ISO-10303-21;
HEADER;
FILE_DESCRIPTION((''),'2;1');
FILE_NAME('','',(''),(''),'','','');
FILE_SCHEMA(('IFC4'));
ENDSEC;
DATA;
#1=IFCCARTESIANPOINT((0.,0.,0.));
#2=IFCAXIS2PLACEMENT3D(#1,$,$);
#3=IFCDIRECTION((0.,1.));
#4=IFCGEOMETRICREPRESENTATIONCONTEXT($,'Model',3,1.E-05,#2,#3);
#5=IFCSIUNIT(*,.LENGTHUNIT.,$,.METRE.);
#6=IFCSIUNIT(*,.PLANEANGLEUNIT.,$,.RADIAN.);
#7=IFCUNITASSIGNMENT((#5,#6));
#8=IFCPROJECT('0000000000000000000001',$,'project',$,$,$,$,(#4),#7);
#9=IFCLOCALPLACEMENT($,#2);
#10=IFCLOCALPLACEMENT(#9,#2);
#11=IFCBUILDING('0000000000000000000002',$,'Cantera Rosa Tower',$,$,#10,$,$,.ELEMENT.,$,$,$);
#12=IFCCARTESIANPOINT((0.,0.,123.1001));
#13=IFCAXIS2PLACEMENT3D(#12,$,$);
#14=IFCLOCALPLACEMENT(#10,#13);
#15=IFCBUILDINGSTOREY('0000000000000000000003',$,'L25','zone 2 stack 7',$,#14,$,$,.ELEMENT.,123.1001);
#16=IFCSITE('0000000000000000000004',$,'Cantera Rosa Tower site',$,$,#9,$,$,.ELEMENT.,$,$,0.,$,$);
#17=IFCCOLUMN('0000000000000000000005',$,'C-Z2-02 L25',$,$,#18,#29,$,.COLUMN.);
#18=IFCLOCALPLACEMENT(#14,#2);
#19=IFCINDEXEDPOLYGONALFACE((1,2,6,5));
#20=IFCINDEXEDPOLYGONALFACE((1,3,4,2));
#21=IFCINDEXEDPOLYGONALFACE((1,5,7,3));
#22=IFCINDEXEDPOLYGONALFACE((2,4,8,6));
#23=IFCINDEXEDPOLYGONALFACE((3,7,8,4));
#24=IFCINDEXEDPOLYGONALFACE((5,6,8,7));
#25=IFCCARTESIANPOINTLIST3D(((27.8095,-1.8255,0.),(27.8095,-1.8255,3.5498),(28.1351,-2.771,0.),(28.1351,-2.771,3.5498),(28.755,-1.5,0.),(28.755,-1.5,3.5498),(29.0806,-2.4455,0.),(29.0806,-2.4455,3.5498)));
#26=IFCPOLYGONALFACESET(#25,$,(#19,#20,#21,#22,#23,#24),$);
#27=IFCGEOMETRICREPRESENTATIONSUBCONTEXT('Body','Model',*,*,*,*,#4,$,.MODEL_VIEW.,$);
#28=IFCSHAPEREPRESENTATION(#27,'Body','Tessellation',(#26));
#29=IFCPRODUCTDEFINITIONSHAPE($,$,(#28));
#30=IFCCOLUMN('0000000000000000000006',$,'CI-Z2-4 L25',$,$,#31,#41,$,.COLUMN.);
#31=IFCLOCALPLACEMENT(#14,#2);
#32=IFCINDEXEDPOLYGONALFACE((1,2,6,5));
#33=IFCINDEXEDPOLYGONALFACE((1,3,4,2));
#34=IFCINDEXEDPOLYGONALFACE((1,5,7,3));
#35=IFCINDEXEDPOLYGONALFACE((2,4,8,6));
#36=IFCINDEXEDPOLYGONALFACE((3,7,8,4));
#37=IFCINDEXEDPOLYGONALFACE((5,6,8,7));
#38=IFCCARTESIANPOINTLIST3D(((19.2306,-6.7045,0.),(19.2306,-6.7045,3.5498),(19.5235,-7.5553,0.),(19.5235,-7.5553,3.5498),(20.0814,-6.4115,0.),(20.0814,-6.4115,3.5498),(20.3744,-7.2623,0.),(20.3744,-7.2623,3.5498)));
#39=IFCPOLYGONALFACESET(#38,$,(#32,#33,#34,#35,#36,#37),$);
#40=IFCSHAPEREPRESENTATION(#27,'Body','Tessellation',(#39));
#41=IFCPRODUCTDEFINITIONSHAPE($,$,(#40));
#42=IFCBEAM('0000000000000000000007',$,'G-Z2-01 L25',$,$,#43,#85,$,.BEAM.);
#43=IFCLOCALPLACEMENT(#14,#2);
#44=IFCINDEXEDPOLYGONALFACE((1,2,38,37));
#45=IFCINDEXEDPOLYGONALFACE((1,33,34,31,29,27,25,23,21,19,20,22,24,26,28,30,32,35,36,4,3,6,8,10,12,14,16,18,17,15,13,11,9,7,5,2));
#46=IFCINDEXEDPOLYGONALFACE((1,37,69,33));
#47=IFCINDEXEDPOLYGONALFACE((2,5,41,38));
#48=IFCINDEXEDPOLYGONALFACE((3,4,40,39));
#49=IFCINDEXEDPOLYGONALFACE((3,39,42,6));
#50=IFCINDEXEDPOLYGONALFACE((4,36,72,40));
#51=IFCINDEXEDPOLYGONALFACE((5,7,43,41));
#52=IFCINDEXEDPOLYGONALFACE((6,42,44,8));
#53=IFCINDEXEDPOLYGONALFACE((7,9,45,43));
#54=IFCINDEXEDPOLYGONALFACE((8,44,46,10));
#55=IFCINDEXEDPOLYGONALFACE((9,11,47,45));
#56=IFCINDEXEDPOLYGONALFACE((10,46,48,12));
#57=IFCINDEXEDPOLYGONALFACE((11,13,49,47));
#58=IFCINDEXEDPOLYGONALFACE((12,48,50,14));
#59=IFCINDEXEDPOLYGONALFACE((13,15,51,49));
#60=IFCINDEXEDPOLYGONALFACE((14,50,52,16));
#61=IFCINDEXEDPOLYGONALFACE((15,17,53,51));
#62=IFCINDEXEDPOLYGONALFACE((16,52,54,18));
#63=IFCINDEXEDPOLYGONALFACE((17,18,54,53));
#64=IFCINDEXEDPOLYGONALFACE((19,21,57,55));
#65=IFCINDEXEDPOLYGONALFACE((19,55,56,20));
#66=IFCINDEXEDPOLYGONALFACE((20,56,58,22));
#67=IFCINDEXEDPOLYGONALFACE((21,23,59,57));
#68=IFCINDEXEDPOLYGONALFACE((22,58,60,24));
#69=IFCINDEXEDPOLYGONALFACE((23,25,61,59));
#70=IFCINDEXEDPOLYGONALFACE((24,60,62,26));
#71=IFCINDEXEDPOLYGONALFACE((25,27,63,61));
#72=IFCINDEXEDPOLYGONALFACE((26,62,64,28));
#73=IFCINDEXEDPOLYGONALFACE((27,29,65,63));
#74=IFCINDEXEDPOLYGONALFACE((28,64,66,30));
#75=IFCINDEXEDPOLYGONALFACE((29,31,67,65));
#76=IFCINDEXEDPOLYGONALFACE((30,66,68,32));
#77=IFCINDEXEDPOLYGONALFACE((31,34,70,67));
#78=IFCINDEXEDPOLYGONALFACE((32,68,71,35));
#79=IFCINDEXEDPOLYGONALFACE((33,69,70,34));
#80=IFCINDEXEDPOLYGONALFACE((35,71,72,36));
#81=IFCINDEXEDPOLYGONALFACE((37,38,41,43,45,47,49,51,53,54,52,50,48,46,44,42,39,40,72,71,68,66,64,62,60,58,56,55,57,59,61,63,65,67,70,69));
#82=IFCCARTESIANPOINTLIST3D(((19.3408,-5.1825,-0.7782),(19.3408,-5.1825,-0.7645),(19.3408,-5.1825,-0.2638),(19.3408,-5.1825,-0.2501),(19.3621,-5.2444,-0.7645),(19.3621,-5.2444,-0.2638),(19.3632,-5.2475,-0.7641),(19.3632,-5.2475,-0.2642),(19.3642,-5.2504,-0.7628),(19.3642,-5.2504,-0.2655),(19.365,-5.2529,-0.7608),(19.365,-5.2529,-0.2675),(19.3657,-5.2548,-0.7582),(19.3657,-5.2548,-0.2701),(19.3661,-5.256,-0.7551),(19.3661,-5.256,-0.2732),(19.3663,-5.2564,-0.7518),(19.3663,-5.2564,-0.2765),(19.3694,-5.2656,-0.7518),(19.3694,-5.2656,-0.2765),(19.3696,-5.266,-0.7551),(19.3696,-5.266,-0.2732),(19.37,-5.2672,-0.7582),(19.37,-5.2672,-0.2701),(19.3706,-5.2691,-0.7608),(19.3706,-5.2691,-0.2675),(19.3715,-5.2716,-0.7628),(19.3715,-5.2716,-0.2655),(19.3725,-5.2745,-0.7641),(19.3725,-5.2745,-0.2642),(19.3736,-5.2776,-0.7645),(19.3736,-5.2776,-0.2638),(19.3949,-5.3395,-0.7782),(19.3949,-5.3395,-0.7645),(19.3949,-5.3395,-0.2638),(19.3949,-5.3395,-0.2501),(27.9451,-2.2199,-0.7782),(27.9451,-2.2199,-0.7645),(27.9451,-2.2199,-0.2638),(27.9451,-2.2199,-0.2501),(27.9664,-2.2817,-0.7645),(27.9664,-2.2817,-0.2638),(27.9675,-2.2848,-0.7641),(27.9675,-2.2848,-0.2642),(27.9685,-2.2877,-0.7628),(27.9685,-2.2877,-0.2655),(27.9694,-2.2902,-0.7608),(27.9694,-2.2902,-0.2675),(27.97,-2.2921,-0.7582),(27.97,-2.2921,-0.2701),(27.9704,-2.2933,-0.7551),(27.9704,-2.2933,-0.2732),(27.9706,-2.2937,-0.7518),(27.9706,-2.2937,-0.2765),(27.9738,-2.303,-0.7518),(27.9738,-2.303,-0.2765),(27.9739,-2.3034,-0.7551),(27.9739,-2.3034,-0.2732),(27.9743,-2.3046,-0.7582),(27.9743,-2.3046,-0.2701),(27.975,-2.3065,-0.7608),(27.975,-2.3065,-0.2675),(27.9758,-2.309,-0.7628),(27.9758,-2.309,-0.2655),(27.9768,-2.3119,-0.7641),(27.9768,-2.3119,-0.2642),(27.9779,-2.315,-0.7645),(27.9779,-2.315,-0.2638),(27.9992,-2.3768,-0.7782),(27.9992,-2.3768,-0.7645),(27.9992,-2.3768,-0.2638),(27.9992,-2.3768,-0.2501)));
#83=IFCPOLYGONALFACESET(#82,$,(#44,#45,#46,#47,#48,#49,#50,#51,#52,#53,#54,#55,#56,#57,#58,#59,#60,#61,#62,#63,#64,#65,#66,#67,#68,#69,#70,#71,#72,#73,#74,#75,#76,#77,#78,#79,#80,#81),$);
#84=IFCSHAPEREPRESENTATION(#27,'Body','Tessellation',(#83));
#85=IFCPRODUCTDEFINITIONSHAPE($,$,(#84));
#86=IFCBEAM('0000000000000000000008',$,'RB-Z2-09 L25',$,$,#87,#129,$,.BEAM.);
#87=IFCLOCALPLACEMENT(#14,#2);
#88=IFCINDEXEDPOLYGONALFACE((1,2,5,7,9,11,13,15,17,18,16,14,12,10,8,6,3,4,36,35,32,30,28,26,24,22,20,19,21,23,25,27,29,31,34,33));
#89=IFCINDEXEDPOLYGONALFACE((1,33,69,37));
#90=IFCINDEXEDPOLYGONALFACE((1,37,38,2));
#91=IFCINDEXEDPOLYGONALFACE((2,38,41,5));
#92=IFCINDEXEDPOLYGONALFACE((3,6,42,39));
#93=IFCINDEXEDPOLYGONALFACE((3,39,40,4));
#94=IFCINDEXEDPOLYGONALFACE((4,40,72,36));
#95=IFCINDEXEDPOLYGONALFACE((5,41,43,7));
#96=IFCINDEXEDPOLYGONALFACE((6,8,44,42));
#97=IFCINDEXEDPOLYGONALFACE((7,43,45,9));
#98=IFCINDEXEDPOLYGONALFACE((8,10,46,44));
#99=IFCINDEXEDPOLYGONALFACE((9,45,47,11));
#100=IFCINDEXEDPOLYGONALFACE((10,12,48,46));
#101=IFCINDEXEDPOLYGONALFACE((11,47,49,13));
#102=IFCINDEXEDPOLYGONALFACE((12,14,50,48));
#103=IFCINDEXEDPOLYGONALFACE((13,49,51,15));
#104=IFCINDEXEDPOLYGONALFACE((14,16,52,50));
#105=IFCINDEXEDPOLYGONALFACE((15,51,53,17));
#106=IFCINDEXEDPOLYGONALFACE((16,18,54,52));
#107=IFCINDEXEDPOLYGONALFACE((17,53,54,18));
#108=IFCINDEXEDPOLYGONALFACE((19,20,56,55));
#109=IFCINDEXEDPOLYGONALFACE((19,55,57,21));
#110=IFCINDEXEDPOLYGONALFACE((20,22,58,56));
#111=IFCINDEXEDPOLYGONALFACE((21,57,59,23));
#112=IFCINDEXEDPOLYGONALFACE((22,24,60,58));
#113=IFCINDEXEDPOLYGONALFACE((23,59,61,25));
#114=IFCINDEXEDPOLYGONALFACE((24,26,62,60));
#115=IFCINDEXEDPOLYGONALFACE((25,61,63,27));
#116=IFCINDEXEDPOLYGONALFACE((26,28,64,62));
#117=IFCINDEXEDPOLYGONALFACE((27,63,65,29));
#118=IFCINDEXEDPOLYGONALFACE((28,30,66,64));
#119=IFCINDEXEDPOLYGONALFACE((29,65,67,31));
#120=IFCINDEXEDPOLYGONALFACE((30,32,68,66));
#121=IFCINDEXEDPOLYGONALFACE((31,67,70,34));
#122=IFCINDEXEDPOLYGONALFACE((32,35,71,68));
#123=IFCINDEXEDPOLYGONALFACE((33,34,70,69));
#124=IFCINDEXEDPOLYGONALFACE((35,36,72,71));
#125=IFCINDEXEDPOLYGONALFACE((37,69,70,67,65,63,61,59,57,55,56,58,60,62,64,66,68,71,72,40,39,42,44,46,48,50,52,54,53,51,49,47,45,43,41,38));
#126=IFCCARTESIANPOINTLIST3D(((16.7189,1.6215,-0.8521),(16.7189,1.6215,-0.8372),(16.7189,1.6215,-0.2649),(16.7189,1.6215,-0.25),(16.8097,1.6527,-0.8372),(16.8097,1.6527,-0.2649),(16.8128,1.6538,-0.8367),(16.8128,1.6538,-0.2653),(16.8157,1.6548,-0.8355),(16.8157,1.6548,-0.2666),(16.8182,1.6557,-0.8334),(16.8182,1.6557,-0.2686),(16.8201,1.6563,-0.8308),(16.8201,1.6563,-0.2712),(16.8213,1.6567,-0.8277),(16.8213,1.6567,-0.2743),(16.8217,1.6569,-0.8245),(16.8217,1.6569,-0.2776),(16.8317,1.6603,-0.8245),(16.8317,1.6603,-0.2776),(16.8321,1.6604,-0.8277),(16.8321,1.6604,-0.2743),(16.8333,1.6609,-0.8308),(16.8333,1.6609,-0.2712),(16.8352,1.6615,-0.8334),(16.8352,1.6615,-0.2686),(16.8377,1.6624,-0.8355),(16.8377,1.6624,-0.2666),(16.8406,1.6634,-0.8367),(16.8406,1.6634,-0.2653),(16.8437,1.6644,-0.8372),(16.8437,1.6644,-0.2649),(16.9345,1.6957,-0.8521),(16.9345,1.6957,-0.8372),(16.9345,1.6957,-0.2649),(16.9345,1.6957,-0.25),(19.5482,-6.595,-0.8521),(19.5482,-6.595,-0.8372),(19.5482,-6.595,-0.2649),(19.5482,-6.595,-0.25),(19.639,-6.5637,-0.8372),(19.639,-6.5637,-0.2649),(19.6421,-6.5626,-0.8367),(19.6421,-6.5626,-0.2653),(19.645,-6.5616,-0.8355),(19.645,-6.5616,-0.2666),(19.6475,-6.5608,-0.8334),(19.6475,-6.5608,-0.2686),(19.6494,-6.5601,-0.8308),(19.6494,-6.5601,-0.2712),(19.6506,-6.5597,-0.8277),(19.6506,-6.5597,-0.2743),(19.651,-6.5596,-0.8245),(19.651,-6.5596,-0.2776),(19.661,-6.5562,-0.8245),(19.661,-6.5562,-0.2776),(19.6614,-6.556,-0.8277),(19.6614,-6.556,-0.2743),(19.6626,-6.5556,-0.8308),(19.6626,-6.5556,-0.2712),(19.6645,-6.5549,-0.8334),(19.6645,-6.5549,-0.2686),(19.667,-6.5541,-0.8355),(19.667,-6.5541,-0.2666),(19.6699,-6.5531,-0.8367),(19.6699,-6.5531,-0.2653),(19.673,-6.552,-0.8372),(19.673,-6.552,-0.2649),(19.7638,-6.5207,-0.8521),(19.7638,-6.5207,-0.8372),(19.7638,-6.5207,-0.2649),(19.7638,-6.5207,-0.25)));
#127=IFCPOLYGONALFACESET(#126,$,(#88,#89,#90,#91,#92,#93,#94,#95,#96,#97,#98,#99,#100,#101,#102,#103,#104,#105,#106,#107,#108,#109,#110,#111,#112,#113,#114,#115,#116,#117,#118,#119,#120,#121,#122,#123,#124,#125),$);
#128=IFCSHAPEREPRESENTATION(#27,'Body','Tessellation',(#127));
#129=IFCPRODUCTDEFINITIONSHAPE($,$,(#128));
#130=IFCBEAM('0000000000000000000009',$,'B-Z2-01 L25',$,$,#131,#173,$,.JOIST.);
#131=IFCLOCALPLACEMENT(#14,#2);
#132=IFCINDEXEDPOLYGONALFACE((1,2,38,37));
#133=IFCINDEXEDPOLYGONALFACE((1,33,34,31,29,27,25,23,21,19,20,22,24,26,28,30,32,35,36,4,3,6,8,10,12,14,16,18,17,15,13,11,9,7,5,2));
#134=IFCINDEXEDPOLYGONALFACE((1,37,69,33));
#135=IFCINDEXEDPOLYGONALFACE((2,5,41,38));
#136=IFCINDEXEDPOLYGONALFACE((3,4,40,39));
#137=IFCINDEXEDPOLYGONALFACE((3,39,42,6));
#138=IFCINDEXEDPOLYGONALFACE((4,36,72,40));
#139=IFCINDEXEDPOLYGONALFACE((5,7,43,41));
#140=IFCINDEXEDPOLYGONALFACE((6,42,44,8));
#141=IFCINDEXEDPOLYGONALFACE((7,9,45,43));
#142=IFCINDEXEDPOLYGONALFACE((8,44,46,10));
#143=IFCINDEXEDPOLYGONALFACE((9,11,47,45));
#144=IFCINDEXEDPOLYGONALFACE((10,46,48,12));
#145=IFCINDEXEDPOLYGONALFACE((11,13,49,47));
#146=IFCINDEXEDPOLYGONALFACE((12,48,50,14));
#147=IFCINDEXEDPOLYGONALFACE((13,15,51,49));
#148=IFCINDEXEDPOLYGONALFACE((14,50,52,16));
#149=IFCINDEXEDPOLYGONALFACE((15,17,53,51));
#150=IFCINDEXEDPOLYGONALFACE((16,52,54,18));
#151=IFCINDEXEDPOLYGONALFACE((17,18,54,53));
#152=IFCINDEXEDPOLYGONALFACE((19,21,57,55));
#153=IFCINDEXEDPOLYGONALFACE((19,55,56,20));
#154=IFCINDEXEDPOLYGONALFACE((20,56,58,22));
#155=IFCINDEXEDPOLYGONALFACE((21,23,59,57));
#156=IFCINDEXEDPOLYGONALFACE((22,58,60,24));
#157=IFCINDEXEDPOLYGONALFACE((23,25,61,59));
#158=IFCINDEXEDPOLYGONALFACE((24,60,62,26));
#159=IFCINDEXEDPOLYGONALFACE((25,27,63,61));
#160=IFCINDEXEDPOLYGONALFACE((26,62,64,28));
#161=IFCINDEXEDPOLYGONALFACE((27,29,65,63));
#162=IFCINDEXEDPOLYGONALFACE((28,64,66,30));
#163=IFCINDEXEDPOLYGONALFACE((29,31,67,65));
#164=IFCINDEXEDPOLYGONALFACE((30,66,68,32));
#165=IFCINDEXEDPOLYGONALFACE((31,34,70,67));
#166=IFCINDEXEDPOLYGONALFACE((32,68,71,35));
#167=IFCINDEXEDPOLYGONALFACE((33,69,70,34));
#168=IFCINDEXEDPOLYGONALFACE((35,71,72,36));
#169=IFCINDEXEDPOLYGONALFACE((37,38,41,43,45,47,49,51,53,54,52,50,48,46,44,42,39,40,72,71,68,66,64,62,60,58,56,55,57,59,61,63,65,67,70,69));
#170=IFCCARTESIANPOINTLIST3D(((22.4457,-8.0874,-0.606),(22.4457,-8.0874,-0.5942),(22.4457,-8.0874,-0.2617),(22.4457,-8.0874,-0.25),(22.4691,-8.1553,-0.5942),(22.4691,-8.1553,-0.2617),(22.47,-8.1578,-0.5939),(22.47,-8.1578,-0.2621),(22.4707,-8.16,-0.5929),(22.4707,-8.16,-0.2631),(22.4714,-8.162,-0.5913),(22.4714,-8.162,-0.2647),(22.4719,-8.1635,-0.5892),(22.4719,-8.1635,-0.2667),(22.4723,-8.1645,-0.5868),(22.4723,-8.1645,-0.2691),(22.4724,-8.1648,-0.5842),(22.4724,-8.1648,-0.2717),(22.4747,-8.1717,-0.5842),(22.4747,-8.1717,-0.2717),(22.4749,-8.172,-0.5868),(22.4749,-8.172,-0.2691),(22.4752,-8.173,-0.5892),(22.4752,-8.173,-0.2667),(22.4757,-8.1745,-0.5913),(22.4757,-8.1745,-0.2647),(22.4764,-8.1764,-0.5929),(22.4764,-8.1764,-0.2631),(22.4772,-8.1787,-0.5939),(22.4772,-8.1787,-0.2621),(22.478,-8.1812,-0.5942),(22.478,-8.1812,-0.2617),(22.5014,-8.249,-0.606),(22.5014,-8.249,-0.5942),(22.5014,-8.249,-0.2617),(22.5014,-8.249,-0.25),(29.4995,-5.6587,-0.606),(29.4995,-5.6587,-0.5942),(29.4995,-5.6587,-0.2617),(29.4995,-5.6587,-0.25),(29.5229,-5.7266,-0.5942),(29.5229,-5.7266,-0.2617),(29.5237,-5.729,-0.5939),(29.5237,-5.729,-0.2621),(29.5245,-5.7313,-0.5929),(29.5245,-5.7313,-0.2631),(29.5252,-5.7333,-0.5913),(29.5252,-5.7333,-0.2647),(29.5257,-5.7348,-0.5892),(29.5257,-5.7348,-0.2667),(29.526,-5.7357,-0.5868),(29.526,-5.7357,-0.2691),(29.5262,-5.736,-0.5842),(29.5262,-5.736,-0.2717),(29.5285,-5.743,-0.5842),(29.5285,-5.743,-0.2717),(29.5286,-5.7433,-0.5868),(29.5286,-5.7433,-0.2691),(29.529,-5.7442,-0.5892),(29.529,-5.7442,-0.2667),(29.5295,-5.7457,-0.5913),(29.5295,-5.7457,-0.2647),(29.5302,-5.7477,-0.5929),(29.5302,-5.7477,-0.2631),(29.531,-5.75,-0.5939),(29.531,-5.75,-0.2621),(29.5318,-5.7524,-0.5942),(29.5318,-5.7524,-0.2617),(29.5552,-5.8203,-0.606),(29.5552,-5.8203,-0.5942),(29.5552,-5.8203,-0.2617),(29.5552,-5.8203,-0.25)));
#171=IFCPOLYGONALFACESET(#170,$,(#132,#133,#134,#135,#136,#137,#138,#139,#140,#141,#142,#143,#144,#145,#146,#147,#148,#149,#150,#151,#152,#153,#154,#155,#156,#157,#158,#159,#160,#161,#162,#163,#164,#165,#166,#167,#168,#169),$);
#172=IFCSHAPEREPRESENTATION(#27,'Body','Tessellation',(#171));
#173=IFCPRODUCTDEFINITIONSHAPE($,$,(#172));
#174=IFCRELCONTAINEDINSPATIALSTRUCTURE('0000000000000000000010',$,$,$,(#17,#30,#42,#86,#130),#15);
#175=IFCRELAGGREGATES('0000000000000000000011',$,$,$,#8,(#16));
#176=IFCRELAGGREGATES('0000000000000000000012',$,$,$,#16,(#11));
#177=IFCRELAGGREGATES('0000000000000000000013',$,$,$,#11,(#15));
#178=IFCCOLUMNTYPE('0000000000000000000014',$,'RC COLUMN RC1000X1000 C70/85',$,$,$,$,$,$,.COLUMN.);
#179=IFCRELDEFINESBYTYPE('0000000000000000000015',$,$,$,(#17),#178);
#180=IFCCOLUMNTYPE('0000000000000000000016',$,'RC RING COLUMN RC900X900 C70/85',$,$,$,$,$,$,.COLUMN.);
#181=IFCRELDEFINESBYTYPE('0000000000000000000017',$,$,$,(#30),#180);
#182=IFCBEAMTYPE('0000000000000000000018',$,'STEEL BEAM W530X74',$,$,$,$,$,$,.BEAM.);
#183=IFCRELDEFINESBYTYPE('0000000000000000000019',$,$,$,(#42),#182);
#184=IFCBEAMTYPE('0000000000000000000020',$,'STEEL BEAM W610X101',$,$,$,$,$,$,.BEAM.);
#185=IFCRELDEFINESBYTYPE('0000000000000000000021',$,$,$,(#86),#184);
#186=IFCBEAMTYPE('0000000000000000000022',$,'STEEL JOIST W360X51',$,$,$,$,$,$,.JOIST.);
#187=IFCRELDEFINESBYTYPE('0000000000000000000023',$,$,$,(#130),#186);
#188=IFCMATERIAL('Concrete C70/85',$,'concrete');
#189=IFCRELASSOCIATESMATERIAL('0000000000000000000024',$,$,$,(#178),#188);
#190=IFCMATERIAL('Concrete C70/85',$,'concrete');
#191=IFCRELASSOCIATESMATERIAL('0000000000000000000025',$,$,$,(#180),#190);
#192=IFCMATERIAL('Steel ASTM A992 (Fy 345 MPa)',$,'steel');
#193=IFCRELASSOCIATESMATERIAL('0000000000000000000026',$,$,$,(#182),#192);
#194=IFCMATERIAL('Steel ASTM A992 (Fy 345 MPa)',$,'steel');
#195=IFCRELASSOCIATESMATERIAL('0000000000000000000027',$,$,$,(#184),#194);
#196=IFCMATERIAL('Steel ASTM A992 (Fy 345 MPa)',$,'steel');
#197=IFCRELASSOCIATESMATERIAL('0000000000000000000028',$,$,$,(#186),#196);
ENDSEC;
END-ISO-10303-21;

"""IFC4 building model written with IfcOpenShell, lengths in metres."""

from ifc_helpers import new_model, si_unit, direction, frame, origin, origin_2d, place, context, subcontext, project, spatial, rectangle, i_section, extrude, material, material_profile, profile_set, type_object, element, save


model = new_model("IFC4")

# Units and contexts
model_context = context("Model", 3, precision=1e-05, world=origin(), true_north=direction((0.0, 1.0)))
body_context = subcontext(model_context, "Body", "Model", "MODEL_VIEW")
ifc_project = project(units=[si_unit("LENGTHUNIT", "METRE"), si_unit("PLANEANGLEUNIT", "RADIAN")], contexts=[model_context])

# Site, building, storey
site_placement = place(None, origin())
site = spatial("IfcSite", under=ifc_project, at=site_placement, Name="Cantera Rosa Tower site", CompositionType="ELEMENT", RefElevation=0.0)
building_placement = place(site_placement, origin())
building = spatial("IfcBuilding", under=site, at=building_placement, Name="Cantera Rosa Tower", CompositionType="ELEMENT")
storey_placement = place(building_placement, frame((0.0, 0.0, 123.1001)))
storey = spatial("IfcBuildingStorey", under=building, at=storey_placement, Name="L25", Description="zone 2 stack 7", CompositionType="ELEMENT", Elevation=123.1001)

# Columns
ifc_material_1 = material(Name="Concrete C70/85", Category="concrete")
ifc_material_profile_1 = material_profile(ifc_material_1, rectangle(XDim=1.0, YDim=1.0, at=origin_2d()), Name="RC COLUMN RC1000X1000 C70/85")
ifc_profile_set_1 = profile_set([ifc_material_profile_1], Name="Concrete C70/85")
column_type_1 = type_object("IfcColumnType", Name="RC COLUMN RC1000X1000 C70/85", PredefinedType="COLUMN", material=ifc_profile_set_1)
column_1_placement = place(storey_placement, frame((28.4451, -2.1355, 0.0), z_axis=(0.0, 0.0, 1.0), x_axis=(0.945519, 0.325568, 0.0)))
element("IfcColumn", 1, at=column_1_placement, inside=storey, type_object=column_type_1, Name="C-Z2-02 L25", PredefinedType="COLUMN", context=body_context, shape_type="SweptSolid", body=[
    extrude(rectangle(XDim=1.0, YDim=1.0, at=origin_2d()), origin(), (0.0, 0.0, 1.0), 3.5498),
])
ifc_material_2 = material(Name="Concrete C70/85", Category="concrete")
ifc_material_profile_2 = material_profile(ifc_material_2, rectangle(XDim=0.8999, YDim=0.8999, at=origin_2d()), Name="RC RING COLUMN RC900X900 C70/85")
ifc_profile_set_2 = profile_set([ifc_material_profile_2], Name="Concrete C70/85")
column_type_2 = type_object("IfcColumnType", Name="RC RING COLUMN RC900X900 C70/85", PredefinedType="COLUMN", material=ifc_profile_set_2)
column_2_placement = place(storey_placement, frame((19.8025, -6.9834, 0.0), z_axis=(0.0, 0.0, 1.0), x_axis=(0.945519, 0.325568, 0.0)))
element("IfcColumn", 2, at=column_2_placement, inside=storey, type_object=column_type_2, Name="CI-Z2-4 L25", PredefinedType="COLUMN", context=body_context, shape_type="SweptSolid", body=[
    extrude(rectangle(XDim=0.8999, YDim=0.8999, at=origin_2d()), origin(), (0.0, 0.0, 1.0), 3.5498),
])

# Beams
ifc_material_3 = material(Name="Steel ASTM A992 (Fy 345 MPa)", Category="steel")
ifc_material_profile_3 = material_profile(ifc_material_3, i_section(OverallWidth=0.166, OverallDepth=0.5281, WebThickness=0.0098, FlangeThickness=0.0137, FilletRadius=0.0127, at=origin_2d()), Name="W530X74")
ifc_profile_set_3 = profile_set([ifc_material_profile_3], Name="Steel ASTM A992 (Fy 345 MPa)")
beam_type_1 = type_object("IfcBeamType", Name="STEEL BEAM W530X74", PredefinedType="BEAM", material=ifc_profile_set_3)
beam_1_placement = place(storey_placement, frame((27.9722, -2.2983, -0.5142), z_axis=(-0.94552, -0.325565, 0.0), x_axis=(0.325565, -0.94552, 0.0)))
element("IfcBeam", 3, at=beam_1_placement, inside=storey, type_object=beam_type_1, Name="G-Z2-01 L25", PredefinedType="BEAM", context=body_context, shape_type="SweptSolid", body=[
    extrude(i_section(OverallWidth=0.166, OverallDepth=0.5281, WebThickness=0.0098, FlangeThickness=0.0137, FilletRadius=0.0127, at=origin_2d()), origin(), (0.0, 0.0, 1.0), 9.1001),
])
ifc_material_4 = material(Name="Steel ASTM A992 (Fy 345 MPa)", Category="steel")
ifc_material_profile_4 = material_profile(ifc_material_4, i_section(OverallWidth=0.228, OverallDepth=0.6021, WebThickness=0.0105, FlangeThickness=0.0149, FilletRadius=0.0127, at=origin_2d()), Name="W610X101")
ifc_profile_set_4 = profile_set([ifc_material_profile_4], Name="Steel ASTM A992 (Fy 345 MPa)")
beam_type_2 = type_object("IfcBeamType", Name="STEEL BEAM W610X101", PredefinedType="BEAM", material=ifc_profile_set_4)
beam_2_placement = place(storey_placement, frame((19.656, -6.5579, -0.551), z_axis=(-0.325585, 0.945513, 0.0), x_axis=(-0.945513, -0.325585, 0.0)))
element("IfcBeam", 4, at=beam_2_placement, inside=storey, type_object=beam_type_2, Name="RB-Z2-09 L25", PredefinedType="BEAM", context=body_context, shape_type="SweptSolid", body=[
    extrude(i_section(OverallWidth=0.228, OverallDepth=0.6021, WebThickness=0.0105, FlangeThickness=0.0149, FilletRadius=0.0127, at=origin_2d()), origin(), (0.0, 0.0, 1.0), 8.6899),
])
ifc_material_5 = material(Name="Steel ASTM A992 (Fy 345 MPa)", Category="steel")
ifc_material_profile_5 = material_profile(ifc_material_5, i_section(OverallWidth=0.1709, OverallDepth=0.356, WebThickness=0.0073, FlangeThickness=0.0117, FilletRadius=0.01, at=origin_2d()), Name="W360X51")
ifc_profile_set_5 = profile_set([ifc_material_profile_5], Name="Steel ASTM A992 (Fy 345 MPa)")
beam_type_3 = type_object("IfcBeamType", Name="STEEL JOIST W360X51", PredefinedType="JOIST", material=ifc_profile_set_5)
beam_3_placement = place(storey_placement, frame((29.5273, -5.7395, -0.428), z_axis=(-0.945522, -0.325559, 0.0), x_axis=(0.325559, -0.945522, 0.0)))
element("IfcBeam", 5, at=beam_3_placement, inside=storey, type_object=beam_type_3, Name="B-Z2-01 L25", PredefinedType="JOIST", context=body_context, shape_type="SweptSolid", body=[
    extrude(i_section(OverallWidth=0.1709, OverallDepth=0.356, WebThickness=0.0073, FlangeThickness=0.0117, FilletRadius=0.01, at=origin_2d()), origin(), (0.0, 0.0, 1.0), 7.4602),
])

save(model, "model.ifc")
